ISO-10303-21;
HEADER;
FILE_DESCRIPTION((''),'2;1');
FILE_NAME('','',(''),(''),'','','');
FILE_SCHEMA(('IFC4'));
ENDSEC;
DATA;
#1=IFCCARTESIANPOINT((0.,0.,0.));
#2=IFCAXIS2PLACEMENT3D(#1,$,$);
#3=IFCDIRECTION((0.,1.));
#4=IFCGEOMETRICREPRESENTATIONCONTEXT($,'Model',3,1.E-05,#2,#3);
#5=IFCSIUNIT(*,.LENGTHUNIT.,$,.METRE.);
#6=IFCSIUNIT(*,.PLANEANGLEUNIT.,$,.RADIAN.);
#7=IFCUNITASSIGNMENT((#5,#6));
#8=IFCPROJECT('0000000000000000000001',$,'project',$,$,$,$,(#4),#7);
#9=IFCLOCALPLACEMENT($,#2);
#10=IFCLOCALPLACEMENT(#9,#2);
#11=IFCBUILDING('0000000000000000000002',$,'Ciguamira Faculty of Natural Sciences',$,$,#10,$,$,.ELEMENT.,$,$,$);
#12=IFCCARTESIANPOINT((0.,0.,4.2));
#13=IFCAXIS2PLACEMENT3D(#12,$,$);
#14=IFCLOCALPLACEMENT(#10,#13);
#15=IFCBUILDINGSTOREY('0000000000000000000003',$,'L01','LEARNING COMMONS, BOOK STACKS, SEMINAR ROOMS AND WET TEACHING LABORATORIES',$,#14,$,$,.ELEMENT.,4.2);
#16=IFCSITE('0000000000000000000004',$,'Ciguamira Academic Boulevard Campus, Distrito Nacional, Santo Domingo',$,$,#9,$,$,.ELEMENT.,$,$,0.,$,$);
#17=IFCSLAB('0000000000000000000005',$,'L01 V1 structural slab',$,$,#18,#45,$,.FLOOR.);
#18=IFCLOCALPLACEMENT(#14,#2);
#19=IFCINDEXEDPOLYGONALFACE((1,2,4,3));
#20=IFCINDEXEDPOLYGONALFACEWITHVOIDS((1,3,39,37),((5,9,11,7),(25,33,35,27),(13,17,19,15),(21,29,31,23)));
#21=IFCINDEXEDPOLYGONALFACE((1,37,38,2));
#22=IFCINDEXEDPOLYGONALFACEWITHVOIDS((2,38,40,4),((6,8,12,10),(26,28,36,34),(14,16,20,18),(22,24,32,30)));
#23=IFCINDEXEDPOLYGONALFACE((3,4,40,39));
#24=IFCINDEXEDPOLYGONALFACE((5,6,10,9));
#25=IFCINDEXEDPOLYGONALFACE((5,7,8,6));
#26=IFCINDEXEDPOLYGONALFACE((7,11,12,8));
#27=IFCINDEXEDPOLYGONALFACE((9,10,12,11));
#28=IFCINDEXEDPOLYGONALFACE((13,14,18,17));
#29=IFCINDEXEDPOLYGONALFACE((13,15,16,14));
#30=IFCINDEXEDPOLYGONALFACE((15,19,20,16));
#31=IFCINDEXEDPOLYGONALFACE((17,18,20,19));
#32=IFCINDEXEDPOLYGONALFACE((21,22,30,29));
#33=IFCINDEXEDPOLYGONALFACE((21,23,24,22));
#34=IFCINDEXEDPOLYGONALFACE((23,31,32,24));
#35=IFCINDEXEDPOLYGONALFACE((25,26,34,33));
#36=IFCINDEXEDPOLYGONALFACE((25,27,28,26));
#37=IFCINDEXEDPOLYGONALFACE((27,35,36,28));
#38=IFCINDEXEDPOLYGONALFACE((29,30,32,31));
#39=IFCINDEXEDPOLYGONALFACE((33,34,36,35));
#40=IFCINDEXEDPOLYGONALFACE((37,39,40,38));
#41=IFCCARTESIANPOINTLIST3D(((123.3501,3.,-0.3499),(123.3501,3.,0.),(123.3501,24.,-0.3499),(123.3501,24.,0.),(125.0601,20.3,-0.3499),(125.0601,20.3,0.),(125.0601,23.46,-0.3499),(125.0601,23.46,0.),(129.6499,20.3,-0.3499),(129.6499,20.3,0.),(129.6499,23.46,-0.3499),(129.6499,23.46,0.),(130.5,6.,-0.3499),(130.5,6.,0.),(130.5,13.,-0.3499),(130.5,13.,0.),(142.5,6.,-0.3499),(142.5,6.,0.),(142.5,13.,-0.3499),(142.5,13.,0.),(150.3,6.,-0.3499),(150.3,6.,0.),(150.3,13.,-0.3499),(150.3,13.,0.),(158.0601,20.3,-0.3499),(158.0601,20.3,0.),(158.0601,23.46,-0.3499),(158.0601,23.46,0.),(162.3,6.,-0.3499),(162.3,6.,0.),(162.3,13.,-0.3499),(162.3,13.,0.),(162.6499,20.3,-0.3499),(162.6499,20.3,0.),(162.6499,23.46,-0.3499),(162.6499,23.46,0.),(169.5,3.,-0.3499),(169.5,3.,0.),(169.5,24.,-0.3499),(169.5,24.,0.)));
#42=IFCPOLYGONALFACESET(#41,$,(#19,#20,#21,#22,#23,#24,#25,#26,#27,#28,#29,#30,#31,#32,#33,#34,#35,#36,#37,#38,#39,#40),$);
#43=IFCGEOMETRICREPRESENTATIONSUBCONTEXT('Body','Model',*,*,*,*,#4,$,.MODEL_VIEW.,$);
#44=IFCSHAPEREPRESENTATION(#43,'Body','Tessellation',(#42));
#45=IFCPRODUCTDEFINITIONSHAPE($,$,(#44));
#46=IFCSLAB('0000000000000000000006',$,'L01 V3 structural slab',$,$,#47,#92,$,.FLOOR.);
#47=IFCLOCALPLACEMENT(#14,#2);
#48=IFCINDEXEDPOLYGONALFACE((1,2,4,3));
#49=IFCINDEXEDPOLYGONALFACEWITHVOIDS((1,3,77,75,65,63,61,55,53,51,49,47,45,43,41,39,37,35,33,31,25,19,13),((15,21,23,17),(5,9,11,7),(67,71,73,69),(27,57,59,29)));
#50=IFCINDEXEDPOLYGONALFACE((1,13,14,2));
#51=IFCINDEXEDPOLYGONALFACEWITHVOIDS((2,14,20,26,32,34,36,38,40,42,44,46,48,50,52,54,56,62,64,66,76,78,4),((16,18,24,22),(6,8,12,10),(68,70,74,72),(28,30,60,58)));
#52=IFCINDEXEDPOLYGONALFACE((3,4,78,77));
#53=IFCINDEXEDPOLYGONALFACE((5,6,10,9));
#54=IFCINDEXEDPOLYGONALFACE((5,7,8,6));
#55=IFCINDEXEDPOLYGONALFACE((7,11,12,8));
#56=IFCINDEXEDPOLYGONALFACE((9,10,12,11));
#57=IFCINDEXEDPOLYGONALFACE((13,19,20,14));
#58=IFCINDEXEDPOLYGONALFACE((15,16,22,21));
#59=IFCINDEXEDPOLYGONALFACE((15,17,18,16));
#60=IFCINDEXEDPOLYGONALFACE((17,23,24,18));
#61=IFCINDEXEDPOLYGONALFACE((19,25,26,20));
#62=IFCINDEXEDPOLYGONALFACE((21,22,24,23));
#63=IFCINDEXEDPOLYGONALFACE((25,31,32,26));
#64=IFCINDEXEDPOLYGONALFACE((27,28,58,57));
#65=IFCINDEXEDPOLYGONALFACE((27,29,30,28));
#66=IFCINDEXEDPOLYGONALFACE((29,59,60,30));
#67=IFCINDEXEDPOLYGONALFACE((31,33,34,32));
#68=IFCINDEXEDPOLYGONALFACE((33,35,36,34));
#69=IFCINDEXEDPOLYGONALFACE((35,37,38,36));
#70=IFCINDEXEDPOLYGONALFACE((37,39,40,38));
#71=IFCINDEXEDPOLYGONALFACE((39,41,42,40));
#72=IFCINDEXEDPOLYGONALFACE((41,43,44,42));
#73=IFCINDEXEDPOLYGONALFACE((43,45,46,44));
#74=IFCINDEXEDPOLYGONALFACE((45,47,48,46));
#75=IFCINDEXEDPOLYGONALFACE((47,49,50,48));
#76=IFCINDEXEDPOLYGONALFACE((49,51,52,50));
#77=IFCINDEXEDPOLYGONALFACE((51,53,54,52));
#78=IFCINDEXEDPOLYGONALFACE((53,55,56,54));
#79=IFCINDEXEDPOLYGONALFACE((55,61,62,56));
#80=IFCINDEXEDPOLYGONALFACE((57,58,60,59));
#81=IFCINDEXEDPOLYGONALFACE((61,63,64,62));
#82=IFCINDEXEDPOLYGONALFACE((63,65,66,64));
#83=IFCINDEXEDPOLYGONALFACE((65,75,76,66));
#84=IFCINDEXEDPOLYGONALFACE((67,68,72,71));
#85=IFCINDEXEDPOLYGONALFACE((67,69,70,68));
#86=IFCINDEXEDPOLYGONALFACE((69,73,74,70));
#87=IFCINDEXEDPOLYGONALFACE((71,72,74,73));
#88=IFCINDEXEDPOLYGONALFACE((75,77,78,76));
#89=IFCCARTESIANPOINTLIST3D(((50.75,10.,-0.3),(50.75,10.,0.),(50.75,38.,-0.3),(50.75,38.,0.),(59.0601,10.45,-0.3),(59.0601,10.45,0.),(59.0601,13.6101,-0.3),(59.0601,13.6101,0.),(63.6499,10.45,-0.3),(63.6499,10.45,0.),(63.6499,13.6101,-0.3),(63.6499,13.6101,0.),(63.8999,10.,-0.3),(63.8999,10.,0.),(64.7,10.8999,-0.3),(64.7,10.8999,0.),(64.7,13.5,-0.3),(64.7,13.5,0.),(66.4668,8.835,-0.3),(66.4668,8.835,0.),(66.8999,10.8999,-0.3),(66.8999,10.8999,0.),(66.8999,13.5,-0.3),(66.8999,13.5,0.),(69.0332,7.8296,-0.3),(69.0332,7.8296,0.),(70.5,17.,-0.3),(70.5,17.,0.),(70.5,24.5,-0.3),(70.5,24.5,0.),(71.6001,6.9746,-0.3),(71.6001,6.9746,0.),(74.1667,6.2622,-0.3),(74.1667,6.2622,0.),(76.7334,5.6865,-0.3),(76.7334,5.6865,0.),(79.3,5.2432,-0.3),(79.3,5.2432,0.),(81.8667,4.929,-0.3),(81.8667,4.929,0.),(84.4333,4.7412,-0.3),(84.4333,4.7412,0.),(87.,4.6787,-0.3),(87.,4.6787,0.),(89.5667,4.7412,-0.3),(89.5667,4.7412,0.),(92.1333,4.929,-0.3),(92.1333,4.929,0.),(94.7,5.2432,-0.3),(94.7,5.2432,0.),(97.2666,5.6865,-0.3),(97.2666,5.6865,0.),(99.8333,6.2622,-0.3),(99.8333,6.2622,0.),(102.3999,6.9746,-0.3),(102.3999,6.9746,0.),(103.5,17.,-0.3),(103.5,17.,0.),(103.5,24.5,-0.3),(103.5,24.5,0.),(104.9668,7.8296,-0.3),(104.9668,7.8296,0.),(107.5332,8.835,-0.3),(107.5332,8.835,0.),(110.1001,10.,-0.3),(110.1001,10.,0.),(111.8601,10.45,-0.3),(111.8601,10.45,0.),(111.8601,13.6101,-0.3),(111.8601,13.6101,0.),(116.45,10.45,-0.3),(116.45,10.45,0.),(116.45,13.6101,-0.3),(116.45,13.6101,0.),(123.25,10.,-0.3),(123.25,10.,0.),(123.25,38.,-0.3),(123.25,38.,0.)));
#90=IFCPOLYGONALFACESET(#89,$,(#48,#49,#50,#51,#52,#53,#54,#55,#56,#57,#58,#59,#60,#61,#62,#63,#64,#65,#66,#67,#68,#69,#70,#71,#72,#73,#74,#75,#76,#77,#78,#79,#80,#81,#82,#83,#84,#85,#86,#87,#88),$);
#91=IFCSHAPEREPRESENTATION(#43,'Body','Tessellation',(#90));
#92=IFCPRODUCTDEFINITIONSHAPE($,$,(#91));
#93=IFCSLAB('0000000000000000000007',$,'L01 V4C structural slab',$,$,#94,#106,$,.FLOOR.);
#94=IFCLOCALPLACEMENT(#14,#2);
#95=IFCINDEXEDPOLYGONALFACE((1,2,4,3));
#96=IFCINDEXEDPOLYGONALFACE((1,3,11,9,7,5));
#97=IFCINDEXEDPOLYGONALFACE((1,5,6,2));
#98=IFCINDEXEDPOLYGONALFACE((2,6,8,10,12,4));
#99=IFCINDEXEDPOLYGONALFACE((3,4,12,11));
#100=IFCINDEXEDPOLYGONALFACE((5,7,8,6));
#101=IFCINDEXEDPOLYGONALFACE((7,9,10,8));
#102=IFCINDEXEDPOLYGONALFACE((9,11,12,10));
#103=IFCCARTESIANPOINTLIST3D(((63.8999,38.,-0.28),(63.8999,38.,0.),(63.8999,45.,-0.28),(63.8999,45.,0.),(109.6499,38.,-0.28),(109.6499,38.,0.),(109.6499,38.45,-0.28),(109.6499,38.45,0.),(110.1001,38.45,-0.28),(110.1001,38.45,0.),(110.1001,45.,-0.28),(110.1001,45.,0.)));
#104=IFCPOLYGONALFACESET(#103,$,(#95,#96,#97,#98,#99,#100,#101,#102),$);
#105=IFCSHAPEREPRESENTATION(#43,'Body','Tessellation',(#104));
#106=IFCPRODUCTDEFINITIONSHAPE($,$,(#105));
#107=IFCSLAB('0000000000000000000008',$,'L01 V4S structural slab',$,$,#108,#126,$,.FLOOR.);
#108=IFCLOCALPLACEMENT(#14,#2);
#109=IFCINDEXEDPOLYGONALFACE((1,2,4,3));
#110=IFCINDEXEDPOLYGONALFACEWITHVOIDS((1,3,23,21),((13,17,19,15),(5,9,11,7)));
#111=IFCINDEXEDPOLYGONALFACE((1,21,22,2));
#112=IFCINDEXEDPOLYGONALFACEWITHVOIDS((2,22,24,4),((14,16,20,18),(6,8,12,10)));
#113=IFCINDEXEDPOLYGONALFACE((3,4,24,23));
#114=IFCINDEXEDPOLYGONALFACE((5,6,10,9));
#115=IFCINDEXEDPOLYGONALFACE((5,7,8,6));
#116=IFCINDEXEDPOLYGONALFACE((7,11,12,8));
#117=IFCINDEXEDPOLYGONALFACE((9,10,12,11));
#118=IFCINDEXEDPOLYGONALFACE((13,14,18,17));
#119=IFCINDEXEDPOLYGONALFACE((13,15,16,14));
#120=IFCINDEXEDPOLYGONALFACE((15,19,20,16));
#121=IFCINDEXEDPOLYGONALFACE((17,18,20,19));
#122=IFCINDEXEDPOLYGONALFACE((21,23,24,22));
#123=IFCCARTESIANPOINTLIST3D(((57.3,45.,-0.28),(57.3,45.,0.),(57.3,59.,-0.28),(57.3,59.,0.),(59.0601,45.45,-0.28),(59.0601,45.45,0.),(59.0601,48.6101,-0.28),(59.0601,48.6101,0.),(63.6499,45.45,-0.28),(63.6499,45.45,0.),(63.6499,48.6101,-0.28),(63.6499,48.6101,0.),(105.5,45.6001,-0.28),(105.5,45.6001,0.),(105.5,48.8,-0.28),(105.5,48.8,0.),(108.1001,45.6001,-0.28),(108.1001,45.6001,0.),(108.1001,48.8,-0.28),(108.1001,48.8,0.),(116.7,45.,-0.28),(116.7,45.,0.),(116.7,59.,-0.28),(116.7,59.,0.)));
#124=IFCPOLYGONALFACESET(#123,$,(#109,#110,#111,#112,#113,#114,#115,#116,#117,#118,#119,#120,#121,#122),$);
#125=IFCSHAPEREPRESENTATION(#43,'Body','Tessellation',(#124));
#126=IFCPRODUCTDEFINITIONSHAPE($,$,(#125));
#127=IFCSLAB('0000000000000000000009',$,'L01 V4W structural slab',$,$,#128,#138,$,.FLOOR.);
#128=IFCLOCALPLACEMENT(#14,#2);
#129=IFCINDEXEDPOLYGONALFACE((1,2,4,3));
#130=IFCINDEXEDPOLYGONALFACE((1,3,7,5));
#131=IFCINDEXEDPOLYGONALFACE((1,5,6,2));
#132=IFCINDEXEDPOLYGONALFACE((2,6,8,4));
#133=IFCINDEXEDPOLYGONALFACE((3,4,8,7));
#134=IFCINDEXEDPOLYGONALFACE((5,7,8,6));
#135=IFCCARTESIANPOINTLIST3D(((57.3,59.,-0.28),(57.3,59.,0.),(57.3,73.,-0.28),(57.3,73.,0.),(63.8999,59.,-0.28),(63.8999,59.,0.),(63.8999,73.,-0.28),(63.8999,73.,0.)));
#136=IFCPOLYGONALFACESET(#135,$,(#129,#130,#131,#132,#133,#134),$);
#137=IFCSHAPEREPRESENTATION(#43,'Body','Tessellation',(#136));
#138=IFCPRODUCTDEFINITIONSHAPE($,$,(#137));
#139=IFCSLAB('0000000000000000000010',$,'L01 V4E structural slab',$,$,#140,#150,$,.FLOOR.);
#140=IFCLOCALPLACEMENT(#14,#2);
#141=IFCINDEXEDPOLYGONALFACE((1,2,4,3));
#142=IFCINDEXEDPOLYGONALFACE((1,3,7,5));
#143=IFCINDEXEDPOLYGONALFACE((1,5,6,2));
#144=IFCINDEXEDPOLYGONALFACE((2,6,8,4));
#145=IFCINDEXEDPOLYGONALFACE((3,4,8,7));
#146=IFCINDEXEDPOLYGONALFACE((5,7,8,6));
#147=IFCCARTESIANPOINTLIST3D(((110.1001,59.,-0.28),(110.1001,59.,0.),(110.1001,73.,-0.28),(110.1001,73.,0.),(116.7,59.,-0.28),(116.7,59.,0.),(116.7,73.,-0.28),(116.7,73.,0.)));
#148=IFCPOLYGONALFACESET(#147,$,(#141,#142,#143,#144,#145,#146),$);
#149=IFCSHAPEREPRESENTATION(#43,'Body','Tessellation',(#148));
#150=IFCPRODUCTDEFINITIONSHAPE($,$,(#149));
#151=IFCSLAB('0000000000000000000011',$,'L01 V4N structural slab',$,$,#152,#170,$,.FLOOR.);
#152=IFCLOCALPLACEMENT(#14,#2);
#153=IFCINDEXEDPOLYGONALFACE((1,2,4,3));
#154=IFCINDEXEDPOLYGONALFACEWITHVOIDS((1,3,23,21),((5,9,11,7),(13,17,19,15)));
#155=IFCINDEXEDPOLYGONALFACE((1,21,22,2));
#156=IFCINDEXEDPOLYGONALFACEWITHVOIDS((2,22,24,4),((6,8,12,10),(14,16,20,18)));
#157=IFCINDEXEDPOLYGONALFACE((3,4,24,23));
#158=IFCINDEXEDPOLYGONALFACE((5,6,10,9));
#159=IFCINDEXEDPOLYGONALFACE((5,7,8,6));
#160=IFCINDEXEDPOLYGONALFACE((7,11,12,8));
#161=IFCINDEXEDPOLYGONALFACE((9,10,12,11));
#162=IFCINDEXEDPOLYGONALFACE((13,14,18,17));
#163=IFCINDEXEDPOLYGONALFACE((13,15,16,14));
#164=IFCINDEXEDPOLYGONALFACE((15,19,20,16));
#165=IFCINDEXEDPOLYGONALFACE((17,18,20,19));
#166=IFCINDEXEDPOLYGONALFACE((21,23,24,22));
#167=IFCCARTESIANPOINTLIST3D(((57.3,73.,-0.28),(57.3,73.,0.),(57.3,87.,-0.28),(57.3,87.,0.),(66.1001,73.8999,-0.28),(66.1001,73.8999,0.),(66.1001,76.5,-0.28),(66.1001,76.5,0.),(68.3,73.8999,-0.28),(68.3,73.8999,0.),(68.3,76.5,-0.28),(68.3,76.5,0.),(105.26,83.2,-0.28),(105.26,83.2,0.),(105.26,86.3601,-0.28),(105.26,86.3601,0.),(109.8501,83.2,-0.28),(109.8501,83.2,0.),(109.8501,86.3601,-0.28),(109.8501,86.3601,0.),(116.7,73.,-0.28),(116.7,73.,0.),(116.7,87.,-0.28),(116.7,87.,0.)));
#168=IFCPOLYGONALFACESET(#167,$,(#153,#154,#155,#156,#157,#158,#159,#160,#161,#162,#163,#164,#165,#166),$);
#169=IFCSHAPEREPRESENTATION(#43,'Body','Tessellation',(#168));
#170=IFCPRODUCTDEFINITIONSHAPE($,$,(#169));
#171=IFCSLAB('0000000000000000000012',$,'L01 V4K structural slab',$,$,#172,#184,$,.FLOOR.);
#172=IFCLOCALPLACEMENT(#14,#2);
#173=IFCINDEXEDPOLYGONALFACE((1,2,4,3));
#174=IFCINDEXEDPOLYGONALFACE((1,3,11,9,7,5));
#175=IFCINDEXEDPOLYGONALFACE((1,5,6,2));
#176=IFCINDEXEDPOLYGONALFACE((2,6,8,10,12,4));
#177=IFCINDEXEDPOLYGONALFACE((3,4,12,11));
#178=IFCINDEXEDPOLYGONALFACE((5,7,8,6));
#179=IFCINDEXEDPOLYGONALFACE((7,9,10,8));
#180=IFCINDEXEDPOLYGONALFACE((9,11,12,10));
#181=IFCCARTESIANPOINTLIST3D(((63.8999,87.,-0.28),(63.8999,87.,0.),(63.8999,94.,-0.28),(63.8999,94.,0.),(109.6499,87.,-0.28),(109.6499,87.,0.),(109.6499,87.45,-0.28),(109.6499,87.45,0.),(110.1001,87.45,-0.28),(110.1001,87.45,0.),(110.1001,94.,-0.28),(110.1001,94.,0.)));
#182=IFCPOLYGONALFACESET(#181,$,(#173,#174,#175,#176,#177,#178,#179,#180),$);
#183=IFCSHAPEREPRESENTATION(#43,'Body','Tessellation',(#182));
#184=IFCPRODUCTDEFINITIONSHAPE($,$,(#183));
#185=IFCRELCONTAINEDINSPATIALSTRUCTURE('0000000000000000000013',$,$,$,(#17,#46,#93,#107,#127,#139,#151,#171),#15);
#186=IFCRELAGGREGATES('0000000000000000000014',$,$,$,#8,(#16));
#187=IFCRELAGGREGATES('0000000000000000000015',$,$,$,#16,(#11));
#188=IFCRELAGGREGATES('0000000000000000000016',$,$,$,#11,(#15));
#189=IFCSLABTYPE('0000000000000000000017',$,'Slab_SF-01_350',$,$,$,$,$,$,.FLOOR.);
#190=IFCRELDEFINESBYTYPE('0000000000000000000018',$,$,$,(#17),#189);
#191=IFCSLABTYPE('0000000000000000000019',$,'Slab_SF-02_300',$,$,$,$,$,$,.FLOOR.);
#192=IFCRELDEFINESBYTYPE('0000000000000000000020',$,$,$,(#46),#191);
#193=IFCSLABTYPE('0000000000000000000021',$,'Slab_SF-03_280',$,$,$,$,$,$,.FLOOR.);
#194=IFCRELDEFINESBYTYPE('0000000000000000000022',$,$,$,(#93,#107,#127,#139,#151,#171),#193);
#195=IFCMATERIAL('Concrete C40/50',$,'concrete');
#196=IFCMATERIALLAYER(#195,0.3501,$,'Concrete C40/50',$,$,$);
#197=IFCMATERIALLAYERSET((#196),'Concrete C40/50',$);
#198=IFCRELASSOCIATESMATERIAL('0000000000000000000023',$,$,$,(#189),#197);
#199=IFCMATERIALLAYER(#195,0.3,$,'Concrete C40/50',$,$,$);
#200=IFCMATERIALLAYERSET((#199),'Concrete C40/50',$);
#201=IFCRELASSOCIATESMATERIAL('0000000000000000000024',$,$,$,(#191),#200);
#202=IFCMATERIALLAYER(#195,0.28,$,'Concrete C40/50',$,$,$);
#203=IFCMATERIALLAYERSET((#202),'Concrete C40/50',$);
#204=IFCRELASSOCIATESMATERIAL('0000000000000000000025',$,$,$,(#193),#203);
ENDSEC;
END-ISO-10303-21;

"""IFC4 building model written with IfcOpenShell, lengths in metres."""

from ifc_helpers import new_model, si_unit, direction, frame, origin, place, context, subcontext, project, spatial, polyline, outline, extrude, material, layer, layer_set, type_object, element, save


model = new_model("IFC4")

# Units and contexts
model_context = context("Model", 3, precision=1e-05, world=origin(), true_north=direction((0.0, 1.0)))
body_context = subcontext(model_context, "Body", "Model", "MODEL_VIEW")
ifc_project = project(units=[si_unit("LENGTHUNIT", "METRE"), si_unit("PLANEANGLEUNIT", "RADIAN")], contexts=[model_context])

# Site, building, storey
site_placement = place(None, origin())
site = spatial("IfcSite", under=ifc_project, at=site_placement, Name="Ciguamira Academic Boulevard Campus, Distrito Nacional, Santo Domingo", CompositionType="ELEMENT", RefElevation=0.0)
building_placement = place(site_placement, origin())
building = spatial("IfcBuilding", under=site, at=building_placement, Name="Ciguamira Faculty of Natural Sciences", CompositionType="ELEMENT")
storey_placement = place(building_placement, frame((0.0, 0.0, 4.2)))
storey = spatial("IfcBuildingStorey", under=building, at=storey_placement, Name="L01", Description="LEARNING COMMONS, BOOK STACKS, SEMINAR ROOMS AND WET TEACHING LABORATORIES", CompositionType="ELEMENT", Elevation=4.2)

# Slabs
ifc_material_1 = material(Name="Concrete C40/50", Category="concrete")
ifc_layer_1 = layer(ifc_material_1, 0.3501, Name="Concrete C40/50")
ifc_layer_set_1 = layer_set([ifc_layer_1], Name="Concrete C40/50")
slab_type_1 = type_object("IfcSlabType", Name="Slab_SF-01_350", PredefinedType="FLOOR", material=ifc_layer_set_1)
slab_1_placement = place(storey_placement, frame((0.0, 0.0, -0.3499)))
element("IfcSlab", 1, at=slab_1_placement, inside=storey, type_object=slab_type_1, Name="L01 V1 structural slab", PredefinedType="FLOOR", context=body_context, shape_type="SweptSolid", body=[
    extrude(outline(polyline([(123.3501, 3.0), (169.5, 3.0), (169.5, 24.0), (123.3501, 24.0), (123.3501, 3.0)]), holes=[polyline([(125.0601, 20.3), (129.6499, 20.3), (129.6499, 23.46), (125.0601, 23.46), (125.0601, 20.3)]), polyline([(158.0601, 20.3), (162.6499, 20.3), (162.6499, 23.46), (158.0601, 23.46), (158.0601, 20.3)]), polyline([(130.5, 6.0), (142.5, 6.0), (142.5, 13.0), (130.5, 13.0), (130.5, 6.0)]), polyline([(150.3, 6.0), (162.3, 6.0), (162.3, 13.0), (150.3, 13.0), (150.3, 6.0)])]), origin(), (0.0, 0.0, 1.0), 0.3499),
])
ifc_layer_2 = layer(ifc_material_1, 0.3, Name="Concrete C40/50")
ifc_layer_set_2 = layer_set([ifc_layer_2], Name="Concrete C40/50")
slab_type_2 = type_object("IfcSlabType", Name="Slab_SF-02_300", PredefinedType="FLOOR", material=ifc_layer_set_2)
slab_2_placement = place(storey_placement, frame((0.0, 0.0, -0.3)))
element("IfcSlab", 2, at=slab_2_placement, inside=storey, type_object=slab_type_2, Name="L01 V3 structural slab", PredefinedType="FLOOR", context=body_context, shape_type="SweptSolid", body=[
    extrude(outline(polyline([(50.75, 10.0), (63.8999, 10.0), (66.4668, 8.835), (69.0332, 7.8296), (71.6001, 6.9746), (74.1667, 6.2622), (76.7334, 5.6865), (79.3, 5.2432), (81.8667, 4.929), (84.4333, 4.7412), (87.0, 4.6787), (89.5667, 4.7412), (92.1333, 4.929), (94.7, 5.2432), (97.2666, 5.6865), (99.8333, 6.2622), (102.3999, 6.9746), (104.9668, 7.8296), (107.5332, 8.835), (110.1001, 10.0), (123.25, 10.0), (123.25, 38.0), (50.75, 38.0), (50.75, 10.0)]), holes=[polyline([(59.0601, 10.45), (63.6499, 10.45), (63.6499, 13.6101), (59.0601, 13.6101), (59.0601, 10.45)]), polyline([(111.8601, 10.45), (116.45, 10.45), (116.45, 13.6101), (111.8601, 13.6101), (111.8601, 10.45)]), polyline([(64.7, 10.8999), (66.8999, 10.8999), (66.8999, 13.5), (64.7, 13.5), (64.7, 10.8999)]), polyline([(70.5, 17.0), (103.5, 17.0), (103.5, 24.5), (70.5, 24.5), (70.5, 17.0)])]), origin(), (0.0, 0.0, 1.0), 0.3),
])
ifc_layer_3 = layer(ifc_material_1, 0.28, Name="Concrete C40/50")
ifc_layer_set_3 = layer_set([ifc_layer_3], Name="Concrete C40/50")
slab_type_3 = type_object("IfcSlabType", Name="Slab_SF-03_280", PredefinedType="FLOOR", material=ifc_layer_set_3)
slab_3_placement = place(storey_placement, frame((0.0, 0.0, -0.28)))
element("IfcSlab", 3, at=slab_3_placement, inside=storey, type_object=slab_type_3, Name="L01 V4C structural slab", PredefinedType="FLOOR", context=body_context, shape_type="SweptSolid", body=[
    extrude(outline(polyline([(63.8999, 38.0), (109.6499, 38.0), (109.6499, 38.45), (110.1001, 38.45), (110.1001, 45.0), (63.8999, 45.0), (63.8999, 38.0)])), origin(), (0.0, 0.0, 1.0), 0.28),
])
slab_4_placement = place(storey_placement, frame((0.0, 0.0, -0.28)))
element("IfcSlab", 4, at=slab_4_placement, inside=storey, type_object=slab_type_3, Name="L01 V4S structural slab", PredefinedType="FLOOR", context=body_context, shape_type="SweptSolid", body=[
    extrude(outline(polyline([(57.3, 45.0), (116.7, 45.0), (116.7, 59.0), (57.3, 59.0), (57.3, 45.0)]), holes=[polyline([(59.0601, 45.45), (63.6499, 45.45), (63.6499, 48.6101), (59.0601, 48.6101), (59.0601, 45.45)]), polyline([(105.5, 45.6001), (108.1001, 45.6001), (108.1001, 48.8), (105.5, 48.8), (105.5, 45.6001)])]), origin(), (0.0, 0.0, 1.0), 0.28),
])
slab_5_placement = place(storey_placement, frame((0.0, 0.0, -0.28)))
element("IfcSlab", 5, at=slab_5_placement, inside=storey, type_object=slab_type_3, Name="L01 V4W structural slab", PredefinedType="FLOOR", context=body_context, shape_type="SweptSolid", body=[
    extrude(outline(polyline([(57.3, 59.0), (63.8999, 59.0), (63.8999, 73.0), (57.3, 73.0), (57.3, 59.0)])), origin(), (0.0, 0.0, 1.0), 0.28),
])
slab_6_placement = place(storey_placement, frame((0.0, 0.0, -0.28)))
element("IfcSlab", 6, at=slab_6_placement, inside=storey, type_object=slab_type_3, Name="L01 V4E structural slab", PredefinedType="FLOOR", context=body_context, shape_type="SweptSolid", body=[
    extrude(outline(polyline([(110.1001, 59.0), (116.7, 59.0), (116.7, 73.0), (110.1001, 73.0), (110.1001, 59.0)])), origin(), (0.0, 0.0, 1.0), 0.28),
])
slab_7_placement = place(storey_placement, frame((0.0, 0.0, -0.28)))
element("IfcSlab", 7, at=slab_7_placement, inside=storey, type_object=slab_type_3, Name="L01 V4N structural slab", PredefinedType="FLOOR", context=body_context, shape_type="SweptSolid", body=[
    extrude(outline(polyline([(57.3, 73.0), (116.7, 73.0), (116.7, 87.0), (57.3, 87.0), (57.3, 73.0)]), holes=[polyline([(105.26, 83.2), (109.8501, 83.2), (109.8501, 86.3601), (105.26, 86.3601), (105.26, 83.2)]), polyline([(66.1001, 73.8999), (68.3, 73.8999), (68.3, 76.5), (66.1001, 76.5), (66.1001, 73.8999)])]), origin(), (0.0, 0.0, 1.0), 0.28),
])
slab_8_placement = place(storey_placement, frame((0.0, 0.0, -0.28)))
element("IfcSlab", 8, at=slab_8_placement, inside=storey, type_object=slab_type_3, Name="L01 V4K structural slab", PredefinedType="FLOOR", context=body_context, shape_type="SweptSolid", body=[
    extrude(outline(polyline([(63.8999, 87.0), (109.6499, 87.0), (109.6499, 87.45), (110.1001, 87.45), (110.1001, 94.0), (63.8999, 94.0), (63.8999, 87.0)])), origin(), (0.0, 0.0, 1.0), 0.28),
])

save(model, "model.ifc")
